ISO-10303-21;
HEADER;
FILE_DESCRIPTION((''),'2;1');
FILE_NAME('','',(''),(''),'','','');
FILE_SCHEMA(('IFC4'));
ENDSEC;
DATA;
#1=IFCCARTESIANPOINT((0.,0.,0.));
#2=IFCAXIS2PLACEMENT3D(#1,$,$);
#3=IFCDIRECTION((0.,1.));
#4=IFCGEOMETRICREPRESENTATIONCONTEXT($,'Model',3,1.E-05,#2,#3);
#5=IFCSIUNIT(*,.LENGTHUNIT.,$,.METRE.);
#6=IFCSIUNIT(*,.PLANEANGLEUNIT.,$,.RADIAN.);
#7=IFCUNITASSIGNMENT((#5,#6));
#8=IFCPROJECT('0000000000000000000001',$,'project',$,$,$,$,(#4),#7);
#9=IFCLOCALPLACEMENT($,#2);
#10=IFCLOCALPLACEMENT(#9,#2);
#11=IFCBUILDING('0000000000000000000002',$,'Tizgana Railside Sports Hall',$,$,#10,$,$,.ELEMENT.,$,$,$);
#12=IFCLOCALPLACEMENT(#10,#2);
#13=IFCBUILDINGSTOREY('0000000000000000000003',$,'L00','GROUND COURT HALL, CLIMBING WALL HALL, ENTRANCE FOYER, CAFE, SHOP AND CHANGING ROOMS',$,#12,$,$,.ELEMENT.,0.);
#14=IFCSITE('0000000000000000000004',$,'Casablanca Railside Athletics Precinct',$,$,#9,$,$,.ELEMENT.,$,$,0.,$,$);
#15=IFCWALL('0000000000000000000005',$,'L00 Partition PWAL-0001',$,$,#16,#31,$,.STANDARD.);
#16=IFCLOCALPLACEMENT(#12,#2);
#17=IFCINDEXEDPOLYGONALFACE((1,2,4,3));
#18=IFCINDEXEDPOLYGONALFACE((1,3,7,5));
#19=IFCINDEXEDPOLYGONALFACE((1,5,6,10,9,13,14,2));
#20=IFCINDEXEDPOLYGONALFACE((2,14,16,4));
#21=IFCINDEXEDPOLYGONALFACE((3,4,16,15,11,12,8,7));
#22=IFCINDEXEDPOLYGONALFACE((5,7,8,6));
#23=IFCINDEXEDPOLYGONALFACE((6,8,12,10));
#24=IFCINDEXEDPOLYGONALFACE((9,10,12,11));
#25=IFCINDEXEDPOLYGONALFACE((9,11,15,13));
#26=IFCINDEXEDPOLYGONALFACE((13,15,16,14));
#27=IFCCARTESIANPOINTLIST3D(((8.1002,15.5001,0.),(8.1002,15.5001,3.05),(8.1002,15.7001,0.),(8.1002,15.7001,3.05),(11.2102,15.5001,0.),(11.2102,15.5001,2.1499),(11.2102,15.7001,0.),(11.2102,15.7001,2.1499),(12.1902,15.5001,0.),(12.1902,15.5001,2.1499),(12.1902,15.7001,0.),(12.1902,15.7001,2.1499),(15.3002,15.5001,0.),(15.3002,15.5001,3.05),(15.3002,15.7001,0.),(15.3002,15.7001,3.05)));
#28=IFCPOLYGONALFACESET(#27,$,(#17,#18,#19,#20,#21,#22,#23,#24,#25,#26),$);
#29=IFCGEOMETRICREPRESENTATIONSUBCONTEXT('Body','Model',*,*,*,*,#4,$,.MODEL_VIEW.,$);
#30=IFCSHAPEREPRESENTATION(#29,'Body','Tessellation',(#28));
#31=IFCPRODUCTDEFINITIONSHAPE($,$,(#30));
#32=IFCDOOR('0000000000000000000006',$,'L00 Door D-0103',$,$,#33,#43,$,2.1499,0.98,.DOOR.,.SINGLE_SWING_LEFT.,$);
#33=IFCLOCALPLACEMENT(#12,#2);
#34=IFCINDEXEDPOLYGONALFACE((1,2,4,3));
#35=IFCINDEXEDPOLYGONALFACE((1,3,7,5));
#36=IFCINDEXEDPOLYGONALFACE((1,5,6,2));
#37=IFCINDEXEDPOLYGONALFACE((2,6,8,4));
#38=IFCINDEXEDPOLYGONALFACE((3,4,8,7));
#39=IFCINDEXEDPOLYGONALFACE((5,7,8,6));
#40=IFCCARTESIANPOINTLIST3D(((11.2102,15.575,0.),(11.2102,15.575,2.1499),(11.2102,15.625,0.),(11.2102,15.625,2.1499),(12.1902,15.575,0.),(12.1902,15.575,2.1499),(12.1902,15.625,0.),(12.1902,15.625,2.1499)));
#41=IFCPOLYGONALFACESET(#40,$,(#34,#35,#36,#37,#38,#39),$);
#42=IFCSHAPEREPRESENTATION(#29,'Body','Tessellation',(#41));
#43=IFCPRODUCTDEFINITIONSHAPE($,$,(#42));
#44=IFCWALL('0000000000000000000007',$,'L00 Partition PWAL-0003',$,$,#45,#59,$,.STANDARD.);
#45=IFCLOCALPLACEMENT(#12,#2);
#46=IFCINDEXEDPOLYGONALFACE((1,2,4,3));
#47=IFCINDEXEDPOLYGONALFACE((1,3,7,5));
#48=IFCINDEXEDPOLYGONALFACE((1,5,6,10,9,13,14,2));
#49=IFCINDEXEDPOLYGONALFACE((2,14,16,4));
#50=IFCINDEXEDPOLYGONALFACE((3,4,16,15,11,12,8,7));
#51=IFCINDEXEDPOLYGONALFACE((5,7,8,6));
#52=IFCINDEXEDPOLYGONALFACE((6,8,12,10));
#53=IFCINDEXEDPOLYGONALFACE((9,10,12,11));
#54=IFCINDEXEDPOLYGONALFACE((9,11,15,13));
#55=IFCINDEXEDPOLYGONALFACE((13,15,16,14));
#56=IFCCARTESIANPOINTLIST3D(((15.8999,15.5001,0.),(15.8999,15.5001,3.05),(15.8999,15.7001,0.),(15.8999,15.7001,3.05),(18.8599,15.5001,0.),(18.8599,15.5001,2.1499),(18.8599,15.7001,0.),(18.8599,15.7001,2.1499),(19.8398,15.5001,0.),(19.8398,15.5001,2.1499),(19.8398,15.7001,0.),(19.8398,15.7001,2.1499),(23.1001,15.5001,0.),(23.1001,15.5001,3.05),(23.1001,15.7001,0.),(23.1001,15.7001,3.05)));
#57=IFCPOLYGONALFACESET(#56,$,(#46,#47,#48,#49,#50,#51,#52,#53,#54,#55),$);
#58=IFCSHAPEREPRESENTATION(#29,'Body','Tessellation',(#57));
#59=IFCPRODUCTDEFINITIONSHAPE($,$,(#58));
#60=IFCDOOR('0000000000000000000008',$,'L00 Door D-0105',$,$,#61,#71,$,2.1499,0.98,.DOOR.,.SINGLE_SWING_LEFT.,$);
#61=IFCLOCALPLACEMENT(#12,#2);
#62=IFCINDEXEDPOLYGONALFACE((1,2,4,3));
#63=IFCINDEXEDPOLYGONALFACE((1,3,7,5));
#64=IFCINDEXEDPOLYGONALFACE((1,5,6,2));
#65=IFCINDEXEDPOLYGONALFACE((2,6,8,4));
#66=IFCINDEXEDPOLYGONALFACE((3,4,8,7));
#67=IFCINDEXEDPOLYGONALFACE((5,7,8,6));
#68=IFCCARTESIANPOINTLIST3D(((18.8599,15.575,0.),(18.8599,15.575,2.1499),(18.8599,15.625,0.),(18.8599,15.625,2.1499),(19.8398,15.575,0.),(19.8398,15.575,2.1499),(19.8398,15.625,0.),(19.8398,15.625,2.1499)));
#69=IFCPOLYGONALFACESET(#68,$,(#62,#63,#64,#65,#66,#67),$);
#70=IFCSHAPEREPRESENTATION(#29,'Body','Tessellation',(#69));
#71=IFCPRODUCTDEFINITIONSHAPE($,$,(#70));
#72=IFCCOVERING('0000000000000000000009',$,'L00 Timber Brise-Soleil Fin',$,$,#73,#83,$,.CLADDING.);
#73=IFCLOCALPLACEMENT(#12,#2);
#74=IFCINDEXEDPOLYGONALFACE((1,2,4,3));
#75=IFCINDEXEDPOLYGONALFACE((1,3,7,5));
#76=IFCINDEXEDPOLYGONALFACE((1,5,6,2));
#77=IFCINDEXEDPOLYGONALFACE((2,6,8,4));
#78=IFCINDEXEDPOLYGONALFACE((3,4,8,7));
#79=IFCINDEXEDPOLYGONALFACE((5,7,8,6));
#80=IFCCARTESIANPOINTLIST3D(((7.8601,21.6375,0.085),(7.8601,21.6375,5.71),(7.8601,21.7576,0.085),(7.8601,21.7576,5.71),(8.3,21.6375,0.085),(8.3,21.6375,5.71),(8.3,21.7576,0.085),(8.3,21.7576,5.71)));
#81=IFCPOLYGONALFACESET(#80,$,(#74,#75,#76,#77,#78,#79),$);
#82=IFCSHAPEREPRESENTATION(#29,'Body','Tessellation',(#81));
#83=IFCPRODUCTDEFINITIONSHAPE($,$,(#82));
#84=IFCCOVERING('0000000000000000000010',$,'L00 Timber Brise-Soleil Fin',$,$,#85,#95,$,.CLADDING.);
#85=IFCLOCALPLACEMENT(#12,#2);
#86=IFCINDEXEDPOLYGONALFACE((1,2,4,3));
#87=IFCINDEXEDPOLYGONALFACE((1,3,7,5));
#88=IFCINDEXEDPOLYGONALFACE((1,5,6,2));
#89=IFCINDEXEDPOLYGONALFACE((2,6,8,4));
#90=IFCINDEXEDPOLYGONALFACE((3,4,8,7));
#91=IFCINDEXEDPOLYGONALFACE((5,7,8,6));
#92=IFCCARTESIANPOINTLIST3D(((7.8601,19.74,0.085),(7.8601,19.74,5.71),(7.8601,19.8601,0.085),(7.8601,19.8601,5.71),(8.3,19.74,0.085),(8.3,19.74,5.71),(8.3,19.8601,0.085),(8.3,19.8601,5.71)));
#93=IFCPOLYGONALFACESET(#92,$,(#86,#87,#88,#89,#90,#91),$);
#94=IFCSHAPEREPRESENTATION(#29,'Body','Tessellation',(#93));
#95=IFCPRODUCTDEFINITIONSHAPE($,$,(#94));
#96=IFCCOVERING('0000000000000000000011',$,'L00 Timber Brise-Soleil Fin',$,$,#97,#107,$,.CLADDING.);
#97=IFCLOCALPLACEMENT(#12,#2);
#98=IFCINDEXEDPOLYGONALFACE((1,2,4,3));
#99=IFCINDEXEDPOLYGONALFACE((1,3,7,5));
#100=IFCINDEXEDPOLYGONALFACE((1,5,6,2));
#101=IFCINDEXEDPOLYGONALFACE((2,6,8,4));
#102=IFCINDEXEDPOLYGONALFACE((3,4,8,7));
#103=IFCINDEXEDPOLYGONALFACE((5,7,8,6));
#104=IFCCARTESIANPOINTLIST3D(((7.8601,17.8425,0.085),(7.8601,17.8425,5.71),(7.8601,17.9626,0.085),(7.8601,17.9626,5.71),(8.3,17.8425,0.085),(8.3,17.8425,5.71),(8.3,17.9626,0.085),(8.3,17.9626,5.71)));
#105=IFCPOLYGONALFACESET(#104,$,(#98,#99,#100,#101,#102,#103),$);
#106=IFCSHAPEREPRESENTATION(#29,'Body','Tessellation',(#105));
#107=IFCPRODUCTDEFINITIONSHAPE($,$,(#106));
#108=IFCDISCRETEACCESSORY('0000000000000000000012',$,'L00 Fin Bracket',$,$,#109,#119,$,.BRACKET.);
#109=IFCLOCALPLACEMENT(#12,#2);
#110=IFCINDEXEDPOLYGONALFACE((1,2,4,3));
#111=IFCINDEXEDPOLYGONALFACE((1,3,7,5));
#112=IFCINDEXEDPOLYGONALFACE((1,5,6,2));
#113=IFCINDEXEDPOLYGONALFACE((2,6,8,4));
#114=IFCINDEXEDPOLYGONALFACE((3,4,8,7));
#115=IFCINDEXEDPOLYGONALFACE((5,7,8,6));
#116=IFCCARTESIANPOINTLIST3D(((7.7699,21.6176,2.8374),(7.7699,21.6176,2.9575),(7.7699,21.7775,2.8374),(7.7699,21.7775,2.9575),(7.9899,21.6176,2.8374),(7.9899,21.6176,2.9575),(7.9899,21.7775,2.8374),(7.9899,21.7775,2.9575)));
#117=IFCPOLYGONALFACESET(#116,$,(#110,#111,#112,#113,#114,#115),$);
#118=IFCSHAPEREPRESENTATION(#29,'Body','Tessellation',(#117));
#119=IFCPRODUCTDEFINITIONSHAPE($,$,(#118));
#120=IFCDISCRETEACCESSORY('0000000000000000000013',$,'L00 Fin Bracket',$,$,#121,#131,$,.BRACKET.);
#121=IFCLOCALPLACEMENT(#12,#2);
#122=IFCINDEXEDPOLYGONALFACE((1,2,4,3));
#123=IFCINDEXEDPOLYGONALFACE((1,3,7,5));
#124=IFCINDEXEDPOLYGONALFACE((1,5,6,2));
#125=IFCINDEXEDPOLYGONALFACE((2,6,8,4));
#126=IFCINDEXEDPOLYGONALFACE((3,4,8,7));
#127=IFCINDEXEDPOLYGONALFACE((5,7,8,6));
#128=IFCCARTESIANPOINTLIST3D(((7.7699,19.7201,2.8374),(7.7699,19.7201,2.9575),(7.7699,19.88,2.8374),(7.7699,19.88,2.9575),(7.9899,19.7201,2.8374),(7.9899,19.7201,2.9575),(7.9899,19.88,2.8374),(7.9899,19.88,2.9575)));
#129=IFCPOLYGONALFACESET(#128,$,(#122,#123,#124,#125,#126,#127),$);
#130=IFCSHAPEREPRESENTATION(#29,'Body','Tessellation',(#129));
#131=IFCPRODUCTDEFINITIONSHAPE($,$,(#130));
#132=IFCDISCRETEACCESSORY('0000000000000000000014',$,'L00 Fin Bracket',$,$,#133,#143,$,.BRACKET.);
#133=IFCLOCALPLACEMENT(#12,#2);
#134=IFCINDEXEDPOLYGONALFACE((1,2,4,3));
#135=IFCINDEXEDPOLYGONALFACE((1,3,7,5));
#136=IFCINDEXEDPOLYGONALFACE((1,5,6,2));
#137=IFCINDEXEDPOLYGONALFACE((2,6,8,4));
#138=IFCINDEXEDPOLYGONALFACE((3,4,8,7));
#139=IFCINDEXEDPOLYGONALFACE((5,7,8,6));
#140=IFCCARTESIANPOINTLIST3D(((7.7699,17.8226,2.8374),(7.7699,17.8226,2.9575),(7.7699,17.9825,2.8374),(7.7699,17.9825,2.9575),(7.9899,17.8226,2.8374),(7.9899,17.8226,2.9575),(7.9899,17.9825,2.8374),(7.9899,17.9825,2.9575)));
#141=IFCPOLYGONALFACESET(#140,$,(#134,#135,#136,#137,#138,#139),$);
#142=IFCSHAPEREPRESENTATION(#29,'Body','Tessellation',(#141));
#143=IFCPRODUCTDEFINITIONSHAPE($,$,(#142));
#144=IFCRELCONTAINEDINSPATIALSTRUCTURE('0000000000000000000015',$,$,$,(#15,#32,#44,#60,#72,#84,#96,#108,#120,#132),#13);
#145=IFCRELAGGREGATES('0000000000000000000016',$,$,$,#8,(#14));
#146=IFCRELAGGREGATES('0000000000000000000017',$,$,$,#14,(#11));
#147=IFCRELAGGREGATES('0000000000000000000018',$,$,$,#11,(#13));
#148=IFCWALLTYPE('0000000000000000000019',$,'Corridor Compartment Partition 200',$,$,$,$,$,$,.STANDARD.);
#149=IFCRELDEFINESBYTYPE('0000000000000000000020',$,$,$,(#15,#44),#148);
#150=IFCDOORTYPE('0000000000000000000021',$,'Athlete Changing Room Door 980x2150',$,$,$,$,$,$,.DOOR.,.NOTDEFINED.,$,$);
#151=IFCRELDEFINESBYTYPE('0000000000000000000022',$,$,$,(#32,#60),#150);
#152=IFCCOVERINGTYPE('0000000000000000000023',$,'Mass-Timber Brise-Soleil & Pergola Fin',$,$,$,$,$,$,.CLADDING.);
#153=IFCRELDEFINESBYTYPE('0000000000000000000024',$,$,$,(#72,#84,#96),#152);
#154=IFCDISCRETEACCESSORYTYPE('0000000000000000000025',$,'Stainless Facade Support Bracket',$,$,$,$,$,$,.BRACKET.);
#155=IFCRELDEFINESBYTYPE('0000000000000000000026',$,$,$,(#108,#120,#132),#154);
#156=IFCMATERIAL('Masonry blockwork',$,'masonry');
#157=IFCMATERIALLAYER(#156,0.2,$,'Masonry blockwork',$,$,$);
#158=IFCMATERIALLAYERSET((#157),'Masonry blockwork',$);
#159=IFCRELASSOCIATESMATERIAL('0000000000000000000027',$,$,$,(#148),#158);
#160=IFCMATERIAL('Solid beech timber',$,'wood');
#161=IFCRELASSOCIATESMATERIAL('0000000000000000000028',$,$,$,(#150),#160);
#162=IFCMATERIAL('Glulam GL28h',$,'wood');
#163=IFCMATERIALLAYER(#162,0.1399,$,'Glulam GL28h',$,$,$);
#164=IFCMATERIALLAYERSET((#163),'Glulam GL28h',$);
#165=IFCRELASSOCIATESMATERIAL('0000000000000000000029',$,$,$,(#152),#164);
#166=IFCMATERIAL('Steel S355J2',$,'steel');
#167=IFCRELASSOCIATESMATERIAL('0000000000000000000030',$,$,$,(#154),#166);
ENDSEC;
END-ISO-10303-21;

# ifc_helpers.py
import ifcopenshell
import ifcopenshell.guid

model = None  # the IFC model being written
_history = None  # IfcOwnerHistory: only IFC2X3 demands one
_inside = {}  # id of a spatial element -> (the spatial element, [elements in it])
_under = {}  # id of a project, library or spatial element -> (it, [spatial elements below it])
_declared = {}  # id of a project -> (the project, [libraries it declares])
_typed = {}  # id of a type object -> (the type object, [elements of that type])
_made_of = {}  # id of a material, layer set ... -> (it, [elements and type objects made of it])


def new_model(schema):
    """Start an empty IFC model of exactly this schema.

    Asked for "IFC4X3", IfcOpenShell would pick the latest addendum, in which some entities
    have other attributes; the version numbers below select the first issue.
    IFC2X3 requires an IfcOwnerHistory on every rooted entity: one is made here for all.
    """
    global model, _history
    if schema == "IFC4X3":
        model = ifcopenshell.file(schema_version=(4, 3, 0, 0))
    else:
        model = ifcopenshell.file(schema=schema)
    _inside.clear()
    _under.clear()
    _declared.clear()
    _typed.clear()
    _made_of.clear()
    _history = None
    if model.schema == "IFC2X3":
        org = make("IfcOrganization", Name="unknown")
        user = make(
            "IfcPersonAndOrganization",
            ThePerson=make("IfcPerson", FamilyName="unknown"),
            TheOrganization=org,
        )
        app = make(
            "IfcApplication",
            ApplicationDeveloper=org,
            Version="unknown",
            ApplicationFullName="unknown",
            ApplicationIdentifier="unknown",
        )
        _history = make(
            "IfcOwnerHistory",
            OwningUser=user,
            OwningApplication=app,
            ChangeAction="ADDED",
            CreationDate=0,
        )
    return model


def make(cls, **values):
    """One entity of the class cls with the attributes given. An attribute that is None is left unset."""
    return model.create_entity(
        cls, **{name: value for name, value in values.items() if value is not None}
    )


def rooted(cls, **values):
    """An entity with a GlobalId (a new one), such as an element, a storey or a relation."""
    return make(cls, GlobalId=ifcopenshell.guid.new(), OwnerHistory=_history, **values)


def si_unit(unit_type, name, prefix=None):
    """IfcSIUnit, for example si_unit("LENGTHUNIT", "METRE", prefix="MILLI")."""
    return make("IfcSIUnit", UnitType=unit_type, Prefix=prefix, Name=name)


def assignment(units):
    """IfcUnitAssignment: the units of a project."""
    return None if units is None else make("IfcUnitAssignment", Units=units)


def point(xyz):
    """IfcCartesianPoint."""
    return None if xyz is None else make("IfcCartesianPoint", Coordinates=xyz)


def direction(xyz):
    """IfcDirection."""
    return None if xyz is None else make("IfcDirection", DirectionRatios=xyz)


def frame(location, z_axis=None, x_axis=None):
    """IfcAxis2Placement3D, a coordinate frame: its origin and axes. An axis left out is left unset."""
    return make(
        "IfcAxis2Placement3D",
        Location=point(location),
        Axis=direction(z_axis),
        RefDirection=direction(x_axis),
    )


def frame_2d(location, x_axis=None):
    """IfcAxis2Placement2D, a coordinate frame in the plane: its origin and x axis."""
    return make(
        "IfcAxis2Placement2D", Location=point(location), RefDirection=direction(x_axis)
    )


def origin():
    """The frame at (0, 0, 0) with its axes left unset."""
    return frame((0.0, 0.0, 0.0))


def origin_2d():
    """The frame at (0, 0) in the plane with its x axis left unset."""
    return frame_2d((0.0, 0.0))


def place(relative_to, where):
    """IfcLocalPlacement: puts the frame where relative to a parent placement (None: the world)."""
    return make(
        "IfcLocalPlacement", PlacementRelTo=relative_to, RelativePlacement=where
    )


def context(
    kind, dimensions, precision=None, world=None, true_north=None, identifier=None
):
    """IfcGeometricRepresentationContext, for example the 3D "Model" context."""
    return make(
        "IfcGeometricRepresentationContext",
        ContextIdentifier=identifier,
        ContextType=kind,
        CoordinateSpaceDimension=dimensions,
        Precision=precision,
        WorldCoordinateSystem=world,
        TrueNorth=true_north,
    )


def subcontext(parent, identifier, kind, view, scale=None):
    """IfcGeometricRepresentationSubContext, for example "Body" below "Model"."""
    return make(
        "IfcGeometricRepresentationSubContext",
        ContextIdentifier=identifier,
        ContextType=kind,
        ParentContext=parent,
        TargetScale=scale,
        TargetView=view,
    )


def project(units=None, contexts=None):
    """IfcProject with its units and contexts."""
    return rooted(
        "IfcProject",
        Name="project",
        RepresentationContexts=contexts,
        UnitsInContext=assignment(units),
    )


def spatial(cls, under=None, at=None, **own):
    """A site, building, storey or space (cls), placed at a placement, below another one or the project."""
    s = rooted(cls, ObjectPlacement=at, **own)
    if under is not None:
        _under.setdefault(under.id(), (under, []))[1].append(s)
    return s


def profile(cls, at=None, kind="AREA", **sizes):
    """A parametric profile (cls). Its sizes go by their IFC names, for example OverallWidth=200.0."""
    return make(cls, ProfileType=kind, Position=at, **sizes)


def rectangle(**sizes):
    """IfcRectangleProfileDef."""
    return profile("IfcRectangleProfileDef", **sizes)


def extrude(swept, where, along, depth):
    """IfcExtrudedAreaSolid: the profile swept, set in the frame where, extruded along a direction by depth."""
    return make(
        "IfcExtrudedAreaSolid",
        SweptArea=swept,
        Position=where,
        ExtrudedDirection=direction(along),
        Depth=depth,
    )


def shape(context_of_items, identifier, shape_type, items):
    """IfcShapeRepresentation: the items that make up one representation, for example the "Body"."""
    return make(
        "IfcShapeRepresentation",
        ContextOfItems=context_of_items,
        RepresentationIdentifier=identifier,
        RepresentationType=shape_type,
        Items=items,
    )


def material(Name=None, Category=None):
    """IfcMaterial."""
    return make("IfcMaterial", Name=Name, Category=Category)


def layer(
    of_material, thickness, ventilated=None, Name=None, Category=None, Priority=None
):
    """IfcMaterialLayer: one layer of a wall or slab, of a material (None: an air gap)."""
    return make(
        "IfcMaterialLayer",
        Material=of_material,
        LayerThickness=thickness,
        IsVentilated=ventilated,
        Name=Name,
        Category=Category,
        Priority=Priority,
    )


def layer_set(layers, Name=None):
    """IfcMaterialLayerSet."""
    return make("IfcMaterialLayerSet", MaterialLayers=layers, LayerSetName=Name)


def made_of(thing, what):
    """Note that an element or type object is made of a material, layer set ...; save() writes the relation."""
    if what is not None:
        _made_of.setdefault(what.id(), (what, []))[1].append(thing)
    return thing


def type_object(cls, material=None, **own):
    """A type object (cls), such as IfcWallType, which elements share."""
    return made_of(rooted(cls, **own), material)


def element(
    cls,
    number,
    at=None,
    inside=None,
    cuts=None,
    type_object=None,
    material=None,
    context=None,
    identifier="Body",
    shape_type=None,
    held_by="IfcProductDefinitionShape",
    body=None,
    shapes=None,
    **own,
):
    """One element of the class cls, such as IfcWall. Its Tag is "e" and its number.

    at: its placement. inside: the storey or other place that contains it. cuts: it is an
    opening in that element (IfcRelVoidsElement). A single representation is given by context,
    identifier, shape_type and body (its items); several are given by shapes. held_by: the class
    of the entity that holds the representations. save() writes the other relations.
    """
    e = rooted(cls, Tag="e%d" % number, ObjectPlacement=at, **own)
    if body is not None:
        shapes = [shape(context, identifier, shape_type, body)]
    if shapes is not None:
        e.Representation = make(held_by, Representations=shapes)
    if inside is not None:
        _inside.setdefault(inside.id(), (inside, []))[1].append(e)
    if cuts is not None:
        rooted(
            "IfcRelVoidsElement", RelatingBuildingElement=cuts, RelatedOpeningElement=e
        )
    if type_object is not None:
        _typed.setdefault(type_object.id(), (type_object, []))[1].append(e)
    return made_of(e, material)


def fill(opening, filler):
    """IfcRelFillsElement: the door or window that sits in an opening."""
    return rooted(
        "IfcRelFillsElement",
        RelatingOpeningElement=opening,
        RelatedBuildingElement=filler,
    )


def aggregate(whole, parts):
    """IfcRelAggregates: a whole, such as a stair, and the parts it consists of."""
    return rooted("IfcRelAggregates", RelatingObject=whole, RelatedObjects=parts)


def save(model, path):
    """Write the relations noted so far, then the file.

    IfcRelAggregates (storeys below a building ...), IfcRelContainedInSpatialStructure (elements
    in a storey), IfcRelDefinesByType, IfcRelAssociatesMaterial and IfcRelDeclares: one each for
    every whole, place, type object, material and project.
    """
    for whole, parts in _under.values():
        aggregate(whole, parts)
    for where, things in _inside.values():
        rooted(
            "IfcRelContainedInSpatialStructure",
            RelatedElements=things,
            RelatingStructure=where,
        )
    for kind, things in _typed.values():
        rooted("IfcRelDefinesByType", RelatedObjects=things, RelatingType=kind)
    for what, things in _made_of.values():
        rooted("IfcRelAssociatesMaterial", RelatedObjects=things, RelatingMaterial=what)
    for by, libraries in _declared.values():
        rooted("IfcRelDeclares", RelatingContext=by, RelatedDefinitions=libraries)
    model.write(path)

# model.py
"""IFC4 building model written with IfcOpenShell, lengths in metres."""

from ifc_helpers import new_model, si_unit, direction, frame, frame_2d, origin, origin_2d, place, context, subcontext, project, spatial, rectangle, extrude, material, layer, layer_set, type_object, element, fill, save


model = new_model("IFC4")

# Units and contexts
model_context = context("Model", 3, precision=1e-05, world=origin(), true_north=direction((0.0, 1.0)))
body_context = subcontext(model_context, "Body", "Model", "MODEL_VIEW")
ifc_project = project(units=[si_unit("LENGTHUNIT", "METRE"), si_unit("PLANEANGLEUNIT", "RADIAN")], contexts=[model_context])

# Site, building, storey
site_placement = place(None, origin())
site = spatial("IfcSite", under=ifc_project, at=site_placement, Name="Casablanca Railside Athletics Precinct", CompositionType="ELEMENT", RefElevation=0.0)
building_placement = place(site_placement, origin())
building = spatial("IfcBuilding", under=site, at=building_placement, Name="Tizgana Railside Sports Hall", CompositionType="ELEMENT")
storey_placement = place(building_placement, origin())
storey = spatial("IfcBuildingStorey", under=building, at=storey_placement, Name="L00", Description="GROUND COURT HALL, CLIMBING WALL HALL, ENTRANCE FOYER, CAFE, SHOP AND CHANGING ROOMS", CompositionType="ELEMENT", Elevation=0.0)

# Shared definitions
ifc_material_1 = material(Name="Steel S355J2", Category="steel")

# Walls, openings, doors
ifc_material_2 = material(Name="Masonry blockwork", Category="masonry")
ifc_layer_1 = layer(ifc_material_2, 0.2, Name="Masonry blockwork")
ifc_layer_set_1 = layer_set([ifc_layer_1], Name="Masonry blockwork")
wall_type_1 = type_object("IfcWallType", Name="Corridor Compartment Partition 200", PredefinedType="STANDARD", material=ifc_layer_set_1)
wall_1_placement = place(storey_placement, frame((8.1001, 15.6001, 0.0), z_axis=(0.0, 0.0, 1.0), x_axis=(1.0, 0.0, 0.0)))
wall_1 = element("IfcWall", 1, at=wall_1_placement, inside=storey, type_object=wall_type_1, Name="L00 Partition PWAL-0001", PredefinedType="STANDARD", context=body_context, shape_type="SweptSolid", body=[
    extrude(rectangle(XDim=7.2, YDim=0.2, at=frame_2d((3.6001, 0.0))), origin(), (0.0, 0.0, 1.0), 3.05),
])
opening_1_placement = place(wall_1_placement, frame((3.1101, 0.0, 0.0)))
opening_1 = element("IfcOpeningElement", 2, at=opening_1_placement, cuts=wall_1, PredefinedType="OPENING", context=body_context, shape_type="SweptSolid", body=[
    extrude(rectangle(XDim=0.98, YDim=2.1499, at=frame_2d((0.49, 1.075))), frame((0.0, 0.1099, 0.0), z_axis=(0.0, -1.0, 0.0), x_axis=(1.0, 0.0, 0.0)), (0.0, 0.0, 1.0), 0.22),
])
ifc_material_3 = material(Name="Solid beech timber", Category="wood")
door_type_1 = type_object("IfcDoorType", Name="Athlete Changing Room Door 980x2150", OperationType="NOTDEFINED", PredefinedType="DOOR", material=ifc_material_3)
door_1_placement = place(opening_1_placement, origin())
door_1 = element("IfcDoor", 3, at=door_1_placement, inside=storey, type_object=door_type_1, Name="L00 Door D-0103", OperationType="SINGLE_SWING_LEFT", OverallHeight=2.1499, OverallWidth=0.98, PredefinedType="DOOR", context=body_context, shape_type="SweptSolid", body=[
    extrude(rectangle(XDim=0.98, YDim=2.1499, at=frame_2d((0.49, 1.075))), frame((0.0, 0.0249, 0.0), z_axis=(0.0, -1.0, 0.0), x_axis=(1.0, 0.0, 0.0)), (0.0, 0.0, 1.0), 0.05),
])
fill(opening_1, door_1)
wall_2_placement = place(storey_placement, frame((15.8999, 15.6001, 0.0), z_axis=(0.0, 0.0, 1.0), x_axis=(1.0, 0.0, 0.0)))
wall_2 = element("IfcWall", 4, at=wall_2_placement, inside=storey, type_object=wall_type_1, Name="L00 Partition PWAL-0003", PredefinedType="STANDARD", context=body_context, shape_type="SweptSolid", body=[
    extrude(rectangle(XDim=7.2002, YDim=0.2, at=frame_2d((3.6001, 0.0))), origin(), (0.0, 0.0, 1.0), 3.05),
])
opening_2_placement = place(wall_2_placement, frame((2.96, 0.0, 0.0)))
opening_2 = element("IfcOpeningElement", 5, at=opening_2_placement, cuts=wall_2, PredefinedType="OPENING", context=body_context, shape_type="SweptSolid", body=[
    extrude(rectangle(XDim=0.98, YDim=2.1499, at=frame_2d((0.49, 1.075))), frame((0.0, 0.1099, 0.0), z_axis=(0.0, -1.0, 0.0), x_axis=(1.0, 0.0, 0.0)), (0.0, 0.0, 1.0), 0.22),
])
door_2_placement = place(opening_2_placement, origin())
door_2 = element("IfcDoor", 6, at=door_2_placement, inside=storey, type_object=door_type_1, Name="L00 Door D-0105", OperationType="SINGLE_SWING_LEFT", OverallHeight=2.1499, OverallWidth=0.98, PredefinedType="DOOR", context=body_context, shape_type="SweptSolid", body=[
    extrude(rectangle(XDim=0.98, YDim=2.1499, at=frame_2d((0.49, 1.075))), frame((0.0, 0.0249, 0.0), z_axis=(0.0, -1.0, 0.0), x_axis=(1.0, 0.0, 0.0)), (0.0, 0.0, 1.0), 0.05),
])
fill(opening_2, door_2)

# Coverings
ifc_material_4 = material(Name="Glulam GL28h", Category="wood")
ifc_layer_2 = layer(ifc_material_4, 0.1399, Name="Glulam GL28h")
ifc_layer_set_2 = layer_set([ifc_layer_2], Name="Glulam GL28h")
covering_type = type_object("IfcCoveringType", Name="Mass-Timber Brise-Soleil & Pergola Fin", PredefinedType="CLADDING", material=ifc_layer_set_2)
for number, where, z_axis, x_axis, name in (
    (7, (8.0801, 21.6975, 0.085), (0.0, 0.0, 1.0), (0.0, -1.0, 0.0), "L00 Timber Brise-Soleil Fin"),
    (8, (8.0801, 19.8, 0.085), (0.0, 0.0, 1.0), (0.0, -1.0, 0.0), "L00 Timber Brise-Soleil Fin"),
    (9, (8.0801, 17.9026, 0.085), (0.0, 0.0, 1.0), (0.0, -1.0, 0.0), "L00 Timber Brise-Soleil Fin"),
):
    element("IfcCovering", number, at=place(storey_placement, frame(where, z_axis=z_axis, x_axis=x_axis)), inside=storey, type_object=covering_type, Name=name, PredefinedType="CLADDING", context=body_context, shape_type="SweptSolid", body=[
        extrude(rectangle(XDim=0.1201, YDim=0.4399, at=origin_2d()), origin(), (0.0, 0.0, 1.0), 5.625),
    ])

# Discrete accessories
discrete_accessory_type = type_object("IfcDiscreteAccessoryType", Name="Stainless Facade Support Bracket", PredefinedType="BRACKET", material=ifc_material_1)
for number, where, z_axis, x_axis, name in (
    (10, (7.8799, 21.6975, 2.8374), (0.0, 0.0, 1.0), (0.0, -1.0, 0.0), "L00 Fin Bracket"),
    (11, (7.8799, 19.8, 2.8374), (0.0, 0.0, 1.0), (0.0, -1.0, 0.0), "L00 Fin Bracket"),
    (12, (7.8799, 17.9026, 2.8374), (0.0, 0.0, 1.0), (0.0, -1.0, 0.0), "L00 Fin Bracket"),
):
    element("IfcDiscreteAccessory", number, at=place(storey_placement, frame(where, z_axis=z_axis, x_axis=x_axis)), inside=storey, type_object=discrete_accessory_type, Name=name, PredefinedType="BRACKET", context=body_context, shape_type="SweptSolid", body=[
        extrude(rectangle(XDim=0.1599, YDim=0.22, at=origin_2d()), origin(), (0.0, 0.0, 1.0), 0.1201),
    ])

save(model, "model.ifc")
